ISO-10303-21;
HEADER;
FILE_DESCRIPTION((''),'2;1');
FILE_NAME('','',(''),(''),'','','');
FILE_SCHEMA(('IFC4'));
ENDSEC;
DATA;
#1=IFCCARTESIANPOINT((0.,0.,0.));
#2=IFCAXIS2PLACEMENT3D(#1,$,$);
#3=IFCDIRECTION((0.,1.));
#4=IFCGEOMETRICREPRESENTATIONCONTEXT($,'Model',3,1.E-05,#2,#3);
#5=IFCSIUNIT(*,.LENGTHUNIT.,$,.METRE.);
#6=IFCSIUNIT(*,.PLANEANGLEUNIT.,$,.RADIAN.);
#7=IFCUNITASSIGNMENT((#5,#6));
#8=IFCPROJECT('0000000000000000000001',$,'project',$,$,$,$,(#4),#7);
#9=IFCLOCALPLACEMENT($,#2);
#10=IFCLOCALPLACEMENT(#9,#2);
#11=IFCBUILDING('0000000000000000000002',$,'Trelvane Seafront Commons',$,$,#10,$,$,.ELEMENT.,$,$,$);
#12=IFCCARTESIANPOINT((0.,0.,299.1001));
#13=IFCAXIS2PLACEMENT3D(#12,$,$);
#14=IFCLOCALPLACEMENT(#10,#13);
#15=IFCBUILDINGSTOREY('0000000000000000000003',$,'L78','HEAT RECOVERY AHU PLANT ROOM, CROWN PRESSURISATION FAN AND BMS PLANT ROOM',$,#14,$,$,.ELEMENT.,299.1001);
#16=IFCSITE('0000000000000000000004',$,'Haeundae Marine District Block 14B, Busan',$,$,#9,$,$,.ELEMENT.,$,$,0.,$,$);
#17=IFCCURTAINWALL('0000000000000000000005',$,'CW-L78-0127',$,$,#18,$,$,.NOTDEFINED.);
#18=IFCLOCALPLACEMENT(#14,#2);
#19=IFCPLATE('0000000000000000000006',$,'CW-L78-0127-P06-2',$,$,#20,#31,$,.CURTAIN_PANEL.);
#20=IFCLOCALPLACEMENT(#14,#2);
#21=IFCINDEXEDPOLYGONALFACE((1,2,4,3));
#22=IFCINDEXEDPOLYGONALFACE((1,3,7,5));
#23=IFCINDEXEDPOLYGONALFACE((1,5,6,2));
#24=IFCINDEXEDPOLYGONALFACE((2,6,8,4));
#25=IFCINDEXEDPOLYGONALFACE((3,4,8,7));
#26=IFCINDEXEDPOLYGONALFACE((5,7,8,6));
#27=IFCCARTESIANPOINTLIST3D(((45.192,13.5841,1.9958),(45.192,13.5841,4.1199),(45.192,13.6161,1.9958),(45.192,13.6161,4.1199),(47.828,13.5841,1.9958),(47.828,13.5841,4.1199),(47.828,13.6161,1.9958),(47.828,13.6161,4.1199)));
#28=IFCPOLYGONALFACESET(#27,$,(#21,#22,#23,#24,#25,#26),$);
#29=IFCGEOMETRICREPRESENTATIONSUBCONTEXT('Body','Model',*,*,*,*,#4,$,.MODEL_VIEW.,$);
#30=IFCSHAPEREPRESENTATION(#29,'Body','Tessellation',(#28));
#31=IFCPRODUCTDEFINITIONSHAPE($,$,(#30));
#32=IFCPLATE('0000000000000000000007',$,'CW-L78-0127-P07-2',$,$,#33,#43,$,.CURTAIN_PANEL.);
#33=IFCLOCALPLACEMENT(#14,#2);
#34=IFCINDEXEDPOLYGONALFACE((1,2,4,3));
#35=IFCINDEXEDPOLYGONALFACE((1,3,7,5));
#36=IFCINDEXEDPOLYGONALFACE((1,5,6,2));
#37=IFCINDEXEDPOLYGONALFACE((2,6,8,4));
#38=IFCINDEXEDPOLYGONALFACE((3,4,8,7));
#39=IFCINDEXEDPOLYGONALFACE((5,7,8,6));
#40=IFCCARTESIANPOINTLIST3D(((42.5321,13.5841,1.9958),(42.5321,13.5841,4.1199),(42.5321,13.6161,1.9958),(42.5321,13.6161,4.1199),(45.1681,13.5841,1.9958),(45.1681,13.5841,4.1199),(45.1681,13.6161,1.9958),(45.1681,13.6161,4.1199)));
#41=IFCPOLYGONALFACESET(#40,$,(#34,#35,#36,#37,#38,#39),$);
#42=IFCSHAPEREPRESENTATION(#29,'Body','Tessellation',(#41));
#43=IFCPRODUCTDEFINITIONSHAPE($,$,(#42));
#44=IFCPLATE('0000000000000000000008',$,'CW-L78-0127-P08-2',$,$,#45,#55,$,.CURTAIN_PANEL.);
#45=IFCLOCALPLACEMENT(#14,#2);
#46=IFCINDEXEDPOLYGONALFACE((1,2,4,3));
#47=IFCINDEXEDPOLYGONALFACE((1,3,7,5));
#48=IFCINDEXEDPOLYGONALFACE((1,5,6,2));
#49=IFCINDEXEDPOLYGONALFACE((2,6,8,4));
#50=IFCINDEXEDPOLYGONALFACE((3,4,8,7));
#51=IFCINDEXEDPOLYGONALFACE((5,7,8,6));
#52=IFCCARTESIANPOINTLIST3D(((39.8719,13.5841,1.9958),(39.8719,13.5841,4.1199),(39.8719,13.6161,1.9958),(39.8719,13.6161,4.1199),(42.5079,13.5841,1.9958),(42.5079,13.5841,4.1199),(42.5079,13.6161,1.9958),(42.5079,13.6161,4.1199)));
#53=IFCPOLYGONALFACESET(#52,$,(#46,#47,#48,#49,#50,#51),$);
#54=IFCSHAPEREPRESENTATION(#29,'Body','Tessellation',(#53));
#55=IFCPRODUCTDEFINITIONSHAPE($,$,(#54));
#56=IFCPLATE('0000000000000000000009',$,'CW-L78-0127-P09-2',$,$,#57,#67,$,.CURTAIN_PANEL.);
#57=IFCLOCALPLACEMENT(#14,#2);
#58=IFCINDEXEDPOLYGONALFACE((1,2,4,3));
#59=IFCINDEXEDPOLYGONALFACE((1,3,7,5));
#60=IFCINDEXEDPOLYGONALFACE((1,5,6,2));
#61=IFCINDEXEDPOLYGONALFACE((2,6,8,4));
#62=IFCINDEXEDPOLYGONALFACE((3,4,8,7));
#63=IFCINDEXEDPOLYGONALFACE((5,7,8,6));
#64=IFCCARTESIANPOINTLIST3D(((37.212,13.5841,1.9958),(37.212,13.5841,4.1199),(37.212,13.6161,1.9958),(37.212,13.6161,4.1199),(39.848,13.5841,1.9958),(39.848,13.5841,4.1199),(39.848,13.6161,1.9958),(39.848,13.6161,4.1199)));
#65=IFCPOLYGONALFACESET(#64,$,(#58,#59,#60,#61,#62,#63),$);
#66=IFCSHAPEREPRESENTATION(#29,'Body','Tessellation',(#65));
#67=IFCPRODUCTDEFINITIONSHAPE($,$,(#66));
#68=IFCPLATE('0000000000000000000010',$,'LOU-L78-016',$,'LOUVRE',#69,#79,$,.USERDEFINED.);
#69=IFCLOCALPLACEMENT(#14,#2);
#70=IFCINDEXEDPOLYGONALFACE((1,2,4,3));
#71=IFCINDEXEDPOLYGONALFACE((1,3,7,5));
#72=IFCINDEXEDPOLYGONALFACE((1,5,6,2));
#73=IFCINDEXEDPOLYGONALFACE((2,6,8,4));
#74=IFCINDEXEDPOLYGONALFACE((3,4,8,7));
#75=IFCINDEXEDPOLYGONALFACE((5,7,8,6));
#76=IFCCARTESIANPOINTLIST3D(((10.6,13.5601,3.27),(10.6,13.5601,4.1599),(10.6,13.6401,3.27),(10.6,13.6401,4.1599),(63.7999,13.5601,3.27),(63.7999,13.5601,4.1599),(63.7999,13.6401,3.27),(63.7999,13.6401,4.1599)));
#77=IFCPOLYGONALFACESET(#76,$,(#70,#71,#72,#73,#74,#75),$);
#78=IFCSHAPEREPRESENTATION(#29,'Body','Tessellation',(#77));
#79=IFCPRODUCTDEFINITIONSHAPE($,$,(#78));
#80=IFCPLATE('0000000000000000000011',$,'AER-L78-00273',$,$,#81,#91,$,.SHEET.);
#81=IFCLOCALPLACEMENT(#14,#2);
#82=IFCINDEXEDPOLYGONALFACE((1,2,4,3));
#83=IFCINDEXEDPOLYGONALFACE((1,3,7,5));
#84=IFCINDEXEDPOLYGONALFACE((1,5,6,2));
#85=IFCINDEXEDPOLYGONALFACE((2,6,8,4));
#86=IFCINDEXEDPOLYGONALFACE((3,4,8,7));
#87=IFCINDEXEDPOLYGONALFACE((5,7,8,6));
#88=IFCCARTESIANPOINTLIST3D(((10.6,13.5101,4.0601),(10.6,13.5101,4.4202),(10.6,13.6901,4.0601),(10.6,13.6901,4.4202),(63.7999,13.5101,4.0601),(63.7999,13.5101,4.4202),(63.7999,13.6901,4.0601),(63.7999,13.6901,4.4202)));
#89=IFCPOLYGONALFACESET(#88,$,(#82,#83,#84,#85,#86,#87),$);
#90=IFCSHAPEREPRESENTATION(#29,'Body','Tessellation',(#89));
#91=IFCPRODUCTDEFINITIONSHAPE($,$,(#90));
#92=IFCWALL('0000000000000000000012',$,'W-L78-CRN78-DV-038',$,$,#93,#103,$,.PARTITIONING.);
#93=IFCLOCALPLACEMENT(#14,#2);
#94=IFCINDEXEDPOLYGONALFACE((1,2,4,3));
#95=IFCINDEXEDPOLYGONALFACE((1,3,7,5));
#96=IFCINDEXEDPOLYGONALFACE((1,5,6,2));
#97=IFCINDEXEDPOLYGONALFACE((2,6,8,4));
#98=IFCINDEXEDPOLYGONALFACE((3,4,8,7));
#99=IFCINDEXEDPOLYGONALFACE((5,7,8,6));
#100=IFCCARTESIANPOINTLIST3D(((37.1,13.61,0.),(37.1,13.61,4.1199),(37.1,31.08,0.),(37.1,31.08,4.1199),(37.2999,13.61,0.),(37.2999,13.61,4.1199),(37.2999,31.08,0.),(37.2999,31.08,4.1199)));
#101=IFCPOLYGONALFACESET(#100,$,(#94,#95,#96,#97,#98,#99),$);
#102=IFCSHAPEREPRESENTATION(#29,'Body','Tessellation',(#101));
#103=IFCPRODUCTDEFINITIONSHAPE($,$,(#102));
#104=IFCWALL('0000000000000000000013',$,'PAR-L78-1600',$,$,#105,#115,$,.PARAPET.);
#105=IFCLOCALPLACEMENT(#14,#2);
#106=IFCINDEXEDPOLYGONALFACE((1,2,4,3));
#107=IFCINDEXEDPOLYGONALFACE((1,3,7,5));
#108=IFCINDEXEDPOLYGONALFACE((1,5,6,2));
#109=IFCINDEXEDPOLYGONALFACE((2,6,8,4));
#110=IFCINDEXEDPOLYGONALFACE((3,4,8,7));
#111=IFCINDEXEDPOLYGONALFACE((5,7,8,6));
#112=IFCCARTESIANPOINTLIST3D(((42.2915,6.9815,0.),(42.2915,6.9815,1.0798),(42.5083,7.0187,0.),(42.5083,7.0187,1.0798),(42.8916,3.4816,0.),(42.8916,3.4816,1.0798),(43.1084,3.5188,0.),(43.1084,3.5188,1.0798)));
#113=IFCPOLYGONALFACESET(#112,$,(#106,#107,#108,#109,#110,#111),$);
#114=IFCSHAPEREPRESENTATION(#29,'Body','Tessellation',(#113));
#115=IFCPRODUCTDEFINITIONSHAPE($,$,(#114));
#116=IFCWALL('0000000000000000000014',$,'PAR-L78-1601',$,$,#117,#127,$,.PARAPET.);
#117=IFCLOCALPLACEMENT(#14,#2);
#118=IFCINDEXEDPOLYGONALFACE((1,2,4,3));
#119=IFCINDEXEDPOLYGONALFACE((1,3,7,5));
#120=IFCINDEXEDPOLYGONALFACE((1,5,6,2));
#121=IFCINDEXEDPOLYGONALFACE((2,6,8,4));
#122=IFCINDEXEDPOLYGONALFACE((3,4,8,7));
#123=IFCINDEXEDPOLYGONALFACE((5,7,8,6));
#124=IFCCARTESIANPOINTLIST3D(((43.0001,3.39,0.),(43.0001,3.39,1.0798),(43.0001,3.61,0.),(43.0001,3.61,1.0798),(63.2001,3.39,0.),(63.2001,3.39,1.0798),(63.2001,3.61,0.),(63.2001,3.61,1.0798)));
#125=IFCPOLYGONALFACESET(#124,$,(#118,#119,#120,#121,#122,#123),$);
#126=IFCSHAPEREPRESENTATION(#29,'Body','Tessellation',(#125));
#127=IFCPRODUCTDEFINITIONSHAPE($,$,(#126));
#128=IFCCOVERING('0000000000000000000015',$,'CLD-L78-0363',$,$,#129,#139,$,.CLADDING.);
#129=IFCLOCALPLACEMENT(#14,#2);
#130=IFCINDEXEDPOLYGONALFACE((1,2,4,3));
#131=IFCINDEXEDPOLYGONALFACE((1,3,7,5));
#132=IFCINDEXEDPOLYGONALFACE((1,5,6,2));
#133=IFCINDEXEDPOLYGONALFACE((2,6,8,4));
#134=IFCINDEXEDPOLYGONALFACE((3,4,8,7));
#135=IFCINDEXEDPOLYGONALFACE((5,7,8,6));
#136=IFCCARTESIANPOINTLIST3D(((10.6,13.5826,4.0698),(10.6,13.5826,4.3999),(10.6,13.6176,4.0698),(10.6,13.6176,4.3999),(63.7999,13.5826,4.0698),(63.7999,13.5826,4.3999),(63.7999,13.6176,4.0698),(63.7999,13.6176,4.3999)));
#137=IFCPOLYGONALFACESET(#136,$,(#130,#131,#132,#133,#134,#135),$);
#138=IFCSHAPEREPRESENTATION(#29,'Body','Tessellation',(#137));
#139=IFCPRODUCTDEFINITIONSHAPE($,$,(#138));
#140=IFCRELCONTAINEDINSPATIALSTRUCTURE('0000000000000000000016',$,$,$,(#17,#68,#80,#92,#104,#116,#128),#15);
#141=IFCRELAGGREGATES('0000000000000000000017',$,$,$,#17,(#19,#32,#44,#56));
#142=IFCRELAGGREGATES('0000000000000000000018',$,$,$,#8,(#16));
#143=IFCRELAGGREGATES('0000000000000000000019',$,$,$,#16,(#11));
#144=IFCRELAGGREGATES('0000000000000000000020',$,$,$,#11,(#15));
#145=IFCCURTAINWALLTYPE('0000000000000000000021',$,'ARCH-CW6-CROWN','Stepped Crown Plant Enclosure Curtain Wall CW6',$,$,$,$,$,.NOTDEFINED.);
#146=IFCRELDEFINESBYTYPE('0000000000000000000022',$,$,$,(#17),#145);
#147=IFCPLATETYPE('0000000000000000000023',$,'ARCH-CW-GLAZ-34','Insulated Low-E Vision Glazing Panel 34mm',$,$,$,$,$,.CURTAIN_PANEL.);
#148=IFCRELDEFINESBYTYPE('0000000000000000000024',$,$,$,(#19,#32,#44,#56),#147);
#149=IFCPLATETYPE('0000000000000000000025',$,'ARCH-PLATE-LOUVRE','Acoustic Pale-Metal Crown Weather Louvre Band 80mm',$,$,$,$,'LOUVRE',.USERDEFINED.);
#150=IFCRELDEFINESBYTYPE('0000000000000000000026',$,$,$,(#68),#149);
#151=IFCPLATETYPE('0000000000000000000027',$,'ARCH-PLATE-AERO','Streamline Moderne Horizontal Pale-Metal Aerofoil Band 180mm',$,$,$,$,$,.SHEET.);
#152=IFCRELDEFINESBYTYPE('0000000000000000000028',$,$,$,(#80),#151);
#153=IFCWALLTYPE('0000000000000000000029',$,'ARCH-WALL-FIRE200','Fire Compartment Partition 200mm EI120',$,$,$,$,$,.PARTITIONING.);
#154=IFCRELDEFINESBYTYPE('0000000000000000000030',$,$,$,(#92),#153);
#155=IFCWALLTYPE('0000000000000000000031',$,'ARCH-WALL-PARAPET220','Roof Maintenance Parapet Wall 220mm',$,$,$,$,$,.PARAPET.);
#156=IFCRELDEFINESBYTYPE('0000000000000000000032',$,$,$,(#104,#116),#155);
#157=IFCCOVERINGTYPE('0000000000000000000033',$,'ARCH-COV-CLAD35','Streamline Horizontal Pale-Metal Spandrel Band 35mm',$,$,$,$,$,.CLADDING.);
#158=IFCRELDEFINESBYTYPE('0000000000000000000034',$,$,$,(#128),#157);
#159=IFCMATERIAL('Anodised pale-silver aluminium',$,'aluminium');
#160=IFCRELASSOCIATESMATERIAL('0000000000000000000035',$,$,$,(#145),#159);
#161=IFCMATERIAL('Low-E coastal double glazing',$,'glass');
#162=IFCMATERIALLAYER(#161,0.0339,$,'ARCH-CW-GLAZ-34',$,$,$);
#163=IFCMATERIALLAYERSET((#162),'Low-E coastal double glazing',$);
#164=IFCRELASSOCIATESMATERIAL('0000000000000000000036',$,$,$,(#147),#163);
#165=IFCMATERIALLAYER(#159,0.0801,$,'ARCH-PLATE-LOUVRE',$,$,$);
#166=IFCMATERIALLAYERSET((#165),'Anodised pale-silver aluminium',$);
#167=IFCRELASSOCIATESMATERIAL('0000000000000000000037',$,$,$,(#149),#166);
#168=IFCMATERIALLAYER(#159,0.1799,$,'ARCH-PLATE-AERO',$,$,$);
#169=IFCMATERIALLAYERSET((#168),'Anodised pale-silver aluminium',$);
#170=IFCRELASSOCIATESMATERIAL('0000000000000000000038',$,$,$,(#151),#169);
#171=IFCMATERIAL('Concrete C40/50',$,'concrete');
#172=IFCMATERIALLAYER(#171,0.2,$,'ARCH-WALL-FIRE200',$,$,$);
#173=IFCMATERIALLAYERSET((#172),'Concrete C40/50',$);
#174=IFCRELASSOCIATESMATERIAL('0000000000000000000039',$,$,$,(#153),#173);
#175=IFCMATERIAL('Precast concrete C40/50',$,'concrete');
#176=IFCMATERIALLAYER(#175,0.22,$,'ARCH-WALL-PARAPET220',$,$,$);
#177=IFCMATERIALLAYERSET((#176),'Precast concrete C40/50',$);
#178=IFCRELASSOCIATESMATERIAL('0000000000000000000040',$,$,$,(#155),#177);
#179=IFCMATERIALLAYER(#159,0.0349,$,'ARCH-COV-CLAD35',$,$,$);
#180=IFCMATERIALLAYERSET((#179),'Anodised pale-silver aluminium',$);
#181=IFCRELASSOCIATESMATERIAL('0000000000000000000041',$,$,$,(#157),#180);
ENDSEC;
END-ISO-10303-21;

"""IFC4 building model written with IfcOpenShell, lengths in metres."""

from ifc_helpers import new_model, si_unit, direction, frame, frame_2d, origin, origin_2d, place, context, subcontext, project, spatial, rectangle, extrude, source, transform, mapped, material, layer, layer_set, type_object, element, aggregate, save


model = new_model("IFC4")

# Units and contexts
model_context = context("Model", 3, precision=1e-05, world=origin(), true_north=direction((0.0, 1.0)))
body_context = subcontext(model_context, "Body", "Model", "MODEL_VIEW")
ifc_project = project(units=[si_unit("LENGTHUNIT", "METRE"), si_unit("PLANEANGLEUNIT", "RADIAN")], contexts=[model_context])

# Site, building, storey
site_placement = place(None, origin())
site = spatial("IfcSite", under=ifc_project, at=site_placement, Name="Haeundae Marine District Block 14B, Busan", CompositionType="ELEMENT", RefElevation=0.0)
building_placement = place(site_placement, origin())
building = spatial("IfcBuilding", under=site, at=building_placement, Name="Trelvane Seafront Commons", CompositionType="ELEMENT")
storey_placement = place(building_placement, frame((0.0, 0.0, 299.1001)))
storey = spatial("IfcBuildingStorey", under=building, at=storey_placement, Name="L78", Description="HEAT RECOVERY AHU PLANT ROOM, CROWN PRESSURISATION FAN AND BMS PLANT ROOM", CompositionType="ELEMENT", Elevation=299.1001)

# Curtain wall, plates
ifc_material_1 = material(Name="Anodised pale-silver aluminium", Category="aluminium")
curtain_wall_type = type_object("IfcCurtainWallType", Name="ARCH-CW6-CROWN", Description="Stepped Crown Plant Enclosure Curtain Wall CW6", PredefinedType="NOTDEFINED", material=ifc_material_1)
curtain_wall_placement = place(storey_placement, origin())
curtain_wall = element("IfcCurtainWall", 1, at=curtain_wall_placement, inside=storey, type_object=curtain_wall_type, Name="CW-L78-0127", PredefinedType="NOTDEFINED")
ifc_material_2 = material(Name="Low-E coastal double glazing", Category="glass")
ifc_layer_1 = layer(ifc_material_2, 0.0339, Name="ARCH-CW-GLAZ-34")
ifc_layer_set_1 = layer_set([ifc_layer_1], Name="Low-E coastal double glazing")
plate_type_1 = type_object("IfcPlateType", Name="ARCH-CW-GLAZ-34", Description="Insulated Low-E Vision Glazing Panel 34mm", PredefinedType="CURTAIN_PANEL", material=ifc_layer_set_1)
shared_shape_1 = source(origin(), body_context, "Body", "SweptSolid", [
    extrude(rectangle(XDim=2.636, YDim=0.032, at=origin_2d()), origin(), (0.0, 0.0, 1.0), 2.124),
])
plate_1_placement = place(storey_placement, frame((46.51, 13.6001, 1.9958), z_axis=(0.0, 0.0, 1.0), x_axis=(-1.0, 0.0, 0.0)))
plate_1 = element("IfcPlate", 2, at=plate_1_placement, type_object=plate_type_1, Name="CW-L78-0127-P06-2", PredefinedType="CURTAIN_PANEL", context=body_context, shape_type="MappedRepresentation", body=[
    mapped(shared_shape_1, transform((0.0, 0.0, 0.0), x_axis=(1.0, 0.0, 0.0), y_axis=(0.0, 1.0, 0.0), z_axis=(0.0, 0.0, 1.0), scale=1.0)),
])
plate_2_placement = place(storey_placement, frame((43.8501, 13.6001, 1.9958), z_axis=(0.0, 0.0, 1.0), x_axis=(-1.0, 0.0, 0.0)))
plate_2 = element("IfcPlate", 3, at=plate_2_placement, type_object=plate_type_1, Name="CW-L78-0127-P07-2", PredefinedType="CURTAIN_PANEL", context=body_context, shape_type="MappedRepresentation", body=[
    mapped(shared_shape_1, transform((0.0, 0.0, 0.0), x_axis=(1.0, 0.0, 0.0), y_axis=(0.0, 1.0, 0.0), z_axis=(0.0, 0.0, 1.0), scale=1.0)),
])
plate_3_placement = place(storey_placement, frame((41.1899, 13.6001, 1.9958), z_axis=(0.0, 0.0, 1.0), x_axis=(-1.0, 0.0, 0.0)))
plate_3 = element("IfcPlate", 4, at=plate_3_placement, type_object=plate_type_1, Name="CW-L78-0127-P08-2", PredefinedType="CURTAIN_PANEL", context=body_context, shape_type="MappedRepresentation", body=[
    mapped(shared_shape_1, transform((0.0, 0.0, 0.0), x_axis=(1.0, 0.0, 0.0), y_axis=(0.0, 1.0, 0.0), z_axis=(0.0, 0.0, 1.0), scale=1.0)),
])
plate_4_placement = place(storey_placement, frame((38.53, 13.6001, 1.9958), z_axis=(0.0, 0.0, 1.0), x_axis=(-1.0, 0.0, 0.0)))
plate_4 = element("IfcPlate", 5, at=plate_4_placement, type_object=plate_type_1, Name="CW-L78-0127-P09-2", PredefinedType="CURTAIN_PANEL", context=body_context, shape_type="MappedRepresentation", body=[
    mapped(shared_shape_1, transform((0.0, 0.0, 0.0), x_axis=(1.0, 0.0, 0.0), y_axis=(0.0, 1.0, 0.0), z_axis=(0.0, 0.0, 1.0), scale=1.0)),
])
aggregate(curtain_wall, [plate_1, plate_2, plate_3, plate_4])

# Plates
ifc_layer_2 = layer(ifc_material_1, 0.0801, Name="ARCH-PLATE-LOUVRE")
ifc_layer_set_2 = layer_set([ifc_layer_2], Name="Anodised pale-silver aluminium")
plate_type_2 = type_object("IfcPlateType", Name="ARCH-PLATE-LOUVRE", Description="Acoustic Pale-Metal Crown Weather Louvre Band 80mm", ElementType="LOUVRE", PredefinedType="USERDEFINED", material=ifc_layer_set_2)
shared_shape_2 = source(origin(), body_context, "Body", "SweptSolid", [
    extrude(rectangle(XDim=53.2, YDim=0.0801, at=origin_2d()), origin(), (0.0, 0.0, 1.0), 0.8899),
])
plate_5_placement = place(storey_placement, frame((37.2, 13.6001, 3.27), z_axis=(0.0, 0.0, 1.0), x_axis=(-1.0, 0.0, 0.0)))
element("IfcPlate", 6, at=plate_5_placement, inside=storey, type_object=plate_type_2, Name="LOU-L78-016", ObjectType="LOUVRE", PredefinedType="USERDEFINED", context=body_context, shape_type="MappedRepresentation", body=[
    mapped(shared_shape_2, transform((0.0, 0.0, 0.0), x_axis=(1.0, 0.0, 0.0), y_axis=(0.0, 1.0, 0.0), z_axis=(0.0, 0.0, 1.0), scale=1.0)),
])
ifc_layer_3 = layer(ifc_material_1, 0.1799, Name="ARCH-PLATE-AERO")
ifc_layer_set_3 = layer_set([ifc_layer_3], Name="Anodised pale-silver aluminium")
plate_type_3 = type_object("IfcPlateType", Name="ARCH-PLATE-AERO", Description="Streamline Moderne Horizontal Pale-Metal Aerofoil Band 180mm", PredefinedType="SHEET", material=ifc_layer_set_3)
shared_shape_3 = source(origin(), body_context, "Body", "SweptSolid", [
    extrude(rectangle(XDim=53.2, YDim=0.1799, at=origin_2d()), origin(), (0.0, 0.0, 1.0), 0.3601),
])
plate_6_placement = place(storey_placement, frame((37.2, 13.6001, 4.0601), z_axis=(0.0, 0.0, 1.0), x_axis=(-1.0, 0.0, 0.0)))
element("IfcPlate", 7, at=plate_6_placement, inside=storey, type_object=plate_type_3, Name="AER-L78-00273", PredefinedType="SHEET", context=body_context, shape_type="MappedRepresentation", body=[
    mapped(shared_shape_3, transform((0.0, 0.0, 0.0), x_axis=(1.0, 0.0, 0.0), y_axis=(0.0, 1.0, 0.0), z_axis=(0.0, 0.0, 1.0), scale=1.0)),
])

# Walls
ifc_material_3 = material(Name="Concrete C40/50", Category="concrete")
ifc_layer_4 = layer(ifc_material_3, 0.2, Name="ARCH-WALL-FIRE200")
ifc_layer_set_4 = layer_set([ifc_layer_4], Name="Concrete C40/50")
wall_type_1 = type_object("IfcWallType", Name="ARCH-WALL-FIRE200", Description="Fire Compartment Partition 200mm EI120", PredefinedType="PARTITIONING", material=ifc_layer_set_4)
wall_1_placement = place(storey_placement, frame((37.2, 13.6101, 0.0), z_axis=(0.0, 0.0, 1.0), x_axis=(0.0, 1.0, 0.0)))
element("IfcWall", 8, at=wall_1_placement, inside=storey, type_object=wall_type_1, Name="W-L78-CRN78-DV-038", PredefinedType="PARTITIONING", context=body_context, shape_type="SweptSolid", body=[
    extrude(rectangle(XDim=17.47, YDim=0.2, at=frame_2d((8.7349, 0.0))), origin(), (0.0, 0.0, 1.0), 4.1199),
])
ifc_material_4 = material(Name="Precast concrete C40/50", Category="concrete")
ifc_layer_5 = layer(ifc_material_4, 0.22, Name="ARCH-WALL-PARAPET220")
ifc_layer_set_5 = layer_set([ifc_layer_5], Name="Precast concrete C40/50")
wall_type_2 = type_object("IfcWallType", Name="ARCH-WALL-PARAPET220", Description="Roof Maintenance Parapet Wall 220mm", PredefinedType="PARAPET", material=ifc_layer_set_5)
wall_2_placement = place(storey_placement, frame((42.3999, 7.0, 0.0), z_axis=(0.0, 0.0, 1.0), x_axis=(0.168991, -0.985618, 0.0)))
element("IfcWall", 9, at=wall_2_placement, inside=storey, type_object=wall_type_2, Name="PAR-L78-1600", PredefinedType="PARAPET", context=body_context, shape_type="SweptSolid", body=[
    extrude(rectangle(XDim=3.551, YDim=0.22, at=frame_2d((1.7754, 0.0))), origin(), (0.0, 0.0, 1.0), 1.0798),
])
wall_3_placement = place(storey_placement, frame((43.0, 3.5, 0.0), z_axis=(0.0, 0.0, 1.0), x_axis=(1.0, 0.0, 0.0)))
element("IfcWall", 10, at=wall_3_placement, inside=storey, type_object=wall_type_2, Name="PAR-L78-1601", PredefinedType="PARAPET", context=body_context, shape_type="SweptSolid", body=[
    extrude(rectangle(XDim=20.2, YDim=0.22, at=frame_2d((10.1001, 0.0))), origin(), (0.0, 0.0, 1.0), 1.0798),
])

# Covering
ifc_layer_6 = layer(ifc_material_1, 0.0349, Name="ARCH-COV-CLAD35")
ifc_layer_set_6 = layer_set([ifc_layer_6], Name="Anodised pale-silver aluminium")
covering_type = type_object("IfcCoveringType", Name="ARCH-COV-CLAD35", Description="Streamline Horizontal Pale-Metal Spandrel Band 35mm", PredefinedType="CLADDING", material=ifc_layer_set_6)
shared_shape_4 = source(origin(), body_context, "Body", "SweptSolid", [
    extrude(rectangle(XDim=53.2, YDim=0.0349, at=origin_2d()), origin(), (0.0, 0.0, 1.0), 0.3301),
])
covering_placement = place(storey_placement, frame((37.2, 13.6001, 4.0698), z_axis=(0.0, 0.0, 1.0), x_axis=(-1.0, 0.0, 0.0)))
element("IfcCovering", 11, at=covering_placement, inside=storey, type_object=covering_type, Name="CLD-L78-0363", PredefinedType="CLADDING", context=body_context, shape_type="MappedRepresentation", body=[
    mapped(shared_shape_4, transform((0.0, 0.0, 0.0), x_axis=(1.0, 0.0, 0.0), y_axis=(0.0, 1.0, 0.0), z_axis=(0.0, 0.0, 1.0), scale=1.0)),
])

save(model, "model.ifc")
